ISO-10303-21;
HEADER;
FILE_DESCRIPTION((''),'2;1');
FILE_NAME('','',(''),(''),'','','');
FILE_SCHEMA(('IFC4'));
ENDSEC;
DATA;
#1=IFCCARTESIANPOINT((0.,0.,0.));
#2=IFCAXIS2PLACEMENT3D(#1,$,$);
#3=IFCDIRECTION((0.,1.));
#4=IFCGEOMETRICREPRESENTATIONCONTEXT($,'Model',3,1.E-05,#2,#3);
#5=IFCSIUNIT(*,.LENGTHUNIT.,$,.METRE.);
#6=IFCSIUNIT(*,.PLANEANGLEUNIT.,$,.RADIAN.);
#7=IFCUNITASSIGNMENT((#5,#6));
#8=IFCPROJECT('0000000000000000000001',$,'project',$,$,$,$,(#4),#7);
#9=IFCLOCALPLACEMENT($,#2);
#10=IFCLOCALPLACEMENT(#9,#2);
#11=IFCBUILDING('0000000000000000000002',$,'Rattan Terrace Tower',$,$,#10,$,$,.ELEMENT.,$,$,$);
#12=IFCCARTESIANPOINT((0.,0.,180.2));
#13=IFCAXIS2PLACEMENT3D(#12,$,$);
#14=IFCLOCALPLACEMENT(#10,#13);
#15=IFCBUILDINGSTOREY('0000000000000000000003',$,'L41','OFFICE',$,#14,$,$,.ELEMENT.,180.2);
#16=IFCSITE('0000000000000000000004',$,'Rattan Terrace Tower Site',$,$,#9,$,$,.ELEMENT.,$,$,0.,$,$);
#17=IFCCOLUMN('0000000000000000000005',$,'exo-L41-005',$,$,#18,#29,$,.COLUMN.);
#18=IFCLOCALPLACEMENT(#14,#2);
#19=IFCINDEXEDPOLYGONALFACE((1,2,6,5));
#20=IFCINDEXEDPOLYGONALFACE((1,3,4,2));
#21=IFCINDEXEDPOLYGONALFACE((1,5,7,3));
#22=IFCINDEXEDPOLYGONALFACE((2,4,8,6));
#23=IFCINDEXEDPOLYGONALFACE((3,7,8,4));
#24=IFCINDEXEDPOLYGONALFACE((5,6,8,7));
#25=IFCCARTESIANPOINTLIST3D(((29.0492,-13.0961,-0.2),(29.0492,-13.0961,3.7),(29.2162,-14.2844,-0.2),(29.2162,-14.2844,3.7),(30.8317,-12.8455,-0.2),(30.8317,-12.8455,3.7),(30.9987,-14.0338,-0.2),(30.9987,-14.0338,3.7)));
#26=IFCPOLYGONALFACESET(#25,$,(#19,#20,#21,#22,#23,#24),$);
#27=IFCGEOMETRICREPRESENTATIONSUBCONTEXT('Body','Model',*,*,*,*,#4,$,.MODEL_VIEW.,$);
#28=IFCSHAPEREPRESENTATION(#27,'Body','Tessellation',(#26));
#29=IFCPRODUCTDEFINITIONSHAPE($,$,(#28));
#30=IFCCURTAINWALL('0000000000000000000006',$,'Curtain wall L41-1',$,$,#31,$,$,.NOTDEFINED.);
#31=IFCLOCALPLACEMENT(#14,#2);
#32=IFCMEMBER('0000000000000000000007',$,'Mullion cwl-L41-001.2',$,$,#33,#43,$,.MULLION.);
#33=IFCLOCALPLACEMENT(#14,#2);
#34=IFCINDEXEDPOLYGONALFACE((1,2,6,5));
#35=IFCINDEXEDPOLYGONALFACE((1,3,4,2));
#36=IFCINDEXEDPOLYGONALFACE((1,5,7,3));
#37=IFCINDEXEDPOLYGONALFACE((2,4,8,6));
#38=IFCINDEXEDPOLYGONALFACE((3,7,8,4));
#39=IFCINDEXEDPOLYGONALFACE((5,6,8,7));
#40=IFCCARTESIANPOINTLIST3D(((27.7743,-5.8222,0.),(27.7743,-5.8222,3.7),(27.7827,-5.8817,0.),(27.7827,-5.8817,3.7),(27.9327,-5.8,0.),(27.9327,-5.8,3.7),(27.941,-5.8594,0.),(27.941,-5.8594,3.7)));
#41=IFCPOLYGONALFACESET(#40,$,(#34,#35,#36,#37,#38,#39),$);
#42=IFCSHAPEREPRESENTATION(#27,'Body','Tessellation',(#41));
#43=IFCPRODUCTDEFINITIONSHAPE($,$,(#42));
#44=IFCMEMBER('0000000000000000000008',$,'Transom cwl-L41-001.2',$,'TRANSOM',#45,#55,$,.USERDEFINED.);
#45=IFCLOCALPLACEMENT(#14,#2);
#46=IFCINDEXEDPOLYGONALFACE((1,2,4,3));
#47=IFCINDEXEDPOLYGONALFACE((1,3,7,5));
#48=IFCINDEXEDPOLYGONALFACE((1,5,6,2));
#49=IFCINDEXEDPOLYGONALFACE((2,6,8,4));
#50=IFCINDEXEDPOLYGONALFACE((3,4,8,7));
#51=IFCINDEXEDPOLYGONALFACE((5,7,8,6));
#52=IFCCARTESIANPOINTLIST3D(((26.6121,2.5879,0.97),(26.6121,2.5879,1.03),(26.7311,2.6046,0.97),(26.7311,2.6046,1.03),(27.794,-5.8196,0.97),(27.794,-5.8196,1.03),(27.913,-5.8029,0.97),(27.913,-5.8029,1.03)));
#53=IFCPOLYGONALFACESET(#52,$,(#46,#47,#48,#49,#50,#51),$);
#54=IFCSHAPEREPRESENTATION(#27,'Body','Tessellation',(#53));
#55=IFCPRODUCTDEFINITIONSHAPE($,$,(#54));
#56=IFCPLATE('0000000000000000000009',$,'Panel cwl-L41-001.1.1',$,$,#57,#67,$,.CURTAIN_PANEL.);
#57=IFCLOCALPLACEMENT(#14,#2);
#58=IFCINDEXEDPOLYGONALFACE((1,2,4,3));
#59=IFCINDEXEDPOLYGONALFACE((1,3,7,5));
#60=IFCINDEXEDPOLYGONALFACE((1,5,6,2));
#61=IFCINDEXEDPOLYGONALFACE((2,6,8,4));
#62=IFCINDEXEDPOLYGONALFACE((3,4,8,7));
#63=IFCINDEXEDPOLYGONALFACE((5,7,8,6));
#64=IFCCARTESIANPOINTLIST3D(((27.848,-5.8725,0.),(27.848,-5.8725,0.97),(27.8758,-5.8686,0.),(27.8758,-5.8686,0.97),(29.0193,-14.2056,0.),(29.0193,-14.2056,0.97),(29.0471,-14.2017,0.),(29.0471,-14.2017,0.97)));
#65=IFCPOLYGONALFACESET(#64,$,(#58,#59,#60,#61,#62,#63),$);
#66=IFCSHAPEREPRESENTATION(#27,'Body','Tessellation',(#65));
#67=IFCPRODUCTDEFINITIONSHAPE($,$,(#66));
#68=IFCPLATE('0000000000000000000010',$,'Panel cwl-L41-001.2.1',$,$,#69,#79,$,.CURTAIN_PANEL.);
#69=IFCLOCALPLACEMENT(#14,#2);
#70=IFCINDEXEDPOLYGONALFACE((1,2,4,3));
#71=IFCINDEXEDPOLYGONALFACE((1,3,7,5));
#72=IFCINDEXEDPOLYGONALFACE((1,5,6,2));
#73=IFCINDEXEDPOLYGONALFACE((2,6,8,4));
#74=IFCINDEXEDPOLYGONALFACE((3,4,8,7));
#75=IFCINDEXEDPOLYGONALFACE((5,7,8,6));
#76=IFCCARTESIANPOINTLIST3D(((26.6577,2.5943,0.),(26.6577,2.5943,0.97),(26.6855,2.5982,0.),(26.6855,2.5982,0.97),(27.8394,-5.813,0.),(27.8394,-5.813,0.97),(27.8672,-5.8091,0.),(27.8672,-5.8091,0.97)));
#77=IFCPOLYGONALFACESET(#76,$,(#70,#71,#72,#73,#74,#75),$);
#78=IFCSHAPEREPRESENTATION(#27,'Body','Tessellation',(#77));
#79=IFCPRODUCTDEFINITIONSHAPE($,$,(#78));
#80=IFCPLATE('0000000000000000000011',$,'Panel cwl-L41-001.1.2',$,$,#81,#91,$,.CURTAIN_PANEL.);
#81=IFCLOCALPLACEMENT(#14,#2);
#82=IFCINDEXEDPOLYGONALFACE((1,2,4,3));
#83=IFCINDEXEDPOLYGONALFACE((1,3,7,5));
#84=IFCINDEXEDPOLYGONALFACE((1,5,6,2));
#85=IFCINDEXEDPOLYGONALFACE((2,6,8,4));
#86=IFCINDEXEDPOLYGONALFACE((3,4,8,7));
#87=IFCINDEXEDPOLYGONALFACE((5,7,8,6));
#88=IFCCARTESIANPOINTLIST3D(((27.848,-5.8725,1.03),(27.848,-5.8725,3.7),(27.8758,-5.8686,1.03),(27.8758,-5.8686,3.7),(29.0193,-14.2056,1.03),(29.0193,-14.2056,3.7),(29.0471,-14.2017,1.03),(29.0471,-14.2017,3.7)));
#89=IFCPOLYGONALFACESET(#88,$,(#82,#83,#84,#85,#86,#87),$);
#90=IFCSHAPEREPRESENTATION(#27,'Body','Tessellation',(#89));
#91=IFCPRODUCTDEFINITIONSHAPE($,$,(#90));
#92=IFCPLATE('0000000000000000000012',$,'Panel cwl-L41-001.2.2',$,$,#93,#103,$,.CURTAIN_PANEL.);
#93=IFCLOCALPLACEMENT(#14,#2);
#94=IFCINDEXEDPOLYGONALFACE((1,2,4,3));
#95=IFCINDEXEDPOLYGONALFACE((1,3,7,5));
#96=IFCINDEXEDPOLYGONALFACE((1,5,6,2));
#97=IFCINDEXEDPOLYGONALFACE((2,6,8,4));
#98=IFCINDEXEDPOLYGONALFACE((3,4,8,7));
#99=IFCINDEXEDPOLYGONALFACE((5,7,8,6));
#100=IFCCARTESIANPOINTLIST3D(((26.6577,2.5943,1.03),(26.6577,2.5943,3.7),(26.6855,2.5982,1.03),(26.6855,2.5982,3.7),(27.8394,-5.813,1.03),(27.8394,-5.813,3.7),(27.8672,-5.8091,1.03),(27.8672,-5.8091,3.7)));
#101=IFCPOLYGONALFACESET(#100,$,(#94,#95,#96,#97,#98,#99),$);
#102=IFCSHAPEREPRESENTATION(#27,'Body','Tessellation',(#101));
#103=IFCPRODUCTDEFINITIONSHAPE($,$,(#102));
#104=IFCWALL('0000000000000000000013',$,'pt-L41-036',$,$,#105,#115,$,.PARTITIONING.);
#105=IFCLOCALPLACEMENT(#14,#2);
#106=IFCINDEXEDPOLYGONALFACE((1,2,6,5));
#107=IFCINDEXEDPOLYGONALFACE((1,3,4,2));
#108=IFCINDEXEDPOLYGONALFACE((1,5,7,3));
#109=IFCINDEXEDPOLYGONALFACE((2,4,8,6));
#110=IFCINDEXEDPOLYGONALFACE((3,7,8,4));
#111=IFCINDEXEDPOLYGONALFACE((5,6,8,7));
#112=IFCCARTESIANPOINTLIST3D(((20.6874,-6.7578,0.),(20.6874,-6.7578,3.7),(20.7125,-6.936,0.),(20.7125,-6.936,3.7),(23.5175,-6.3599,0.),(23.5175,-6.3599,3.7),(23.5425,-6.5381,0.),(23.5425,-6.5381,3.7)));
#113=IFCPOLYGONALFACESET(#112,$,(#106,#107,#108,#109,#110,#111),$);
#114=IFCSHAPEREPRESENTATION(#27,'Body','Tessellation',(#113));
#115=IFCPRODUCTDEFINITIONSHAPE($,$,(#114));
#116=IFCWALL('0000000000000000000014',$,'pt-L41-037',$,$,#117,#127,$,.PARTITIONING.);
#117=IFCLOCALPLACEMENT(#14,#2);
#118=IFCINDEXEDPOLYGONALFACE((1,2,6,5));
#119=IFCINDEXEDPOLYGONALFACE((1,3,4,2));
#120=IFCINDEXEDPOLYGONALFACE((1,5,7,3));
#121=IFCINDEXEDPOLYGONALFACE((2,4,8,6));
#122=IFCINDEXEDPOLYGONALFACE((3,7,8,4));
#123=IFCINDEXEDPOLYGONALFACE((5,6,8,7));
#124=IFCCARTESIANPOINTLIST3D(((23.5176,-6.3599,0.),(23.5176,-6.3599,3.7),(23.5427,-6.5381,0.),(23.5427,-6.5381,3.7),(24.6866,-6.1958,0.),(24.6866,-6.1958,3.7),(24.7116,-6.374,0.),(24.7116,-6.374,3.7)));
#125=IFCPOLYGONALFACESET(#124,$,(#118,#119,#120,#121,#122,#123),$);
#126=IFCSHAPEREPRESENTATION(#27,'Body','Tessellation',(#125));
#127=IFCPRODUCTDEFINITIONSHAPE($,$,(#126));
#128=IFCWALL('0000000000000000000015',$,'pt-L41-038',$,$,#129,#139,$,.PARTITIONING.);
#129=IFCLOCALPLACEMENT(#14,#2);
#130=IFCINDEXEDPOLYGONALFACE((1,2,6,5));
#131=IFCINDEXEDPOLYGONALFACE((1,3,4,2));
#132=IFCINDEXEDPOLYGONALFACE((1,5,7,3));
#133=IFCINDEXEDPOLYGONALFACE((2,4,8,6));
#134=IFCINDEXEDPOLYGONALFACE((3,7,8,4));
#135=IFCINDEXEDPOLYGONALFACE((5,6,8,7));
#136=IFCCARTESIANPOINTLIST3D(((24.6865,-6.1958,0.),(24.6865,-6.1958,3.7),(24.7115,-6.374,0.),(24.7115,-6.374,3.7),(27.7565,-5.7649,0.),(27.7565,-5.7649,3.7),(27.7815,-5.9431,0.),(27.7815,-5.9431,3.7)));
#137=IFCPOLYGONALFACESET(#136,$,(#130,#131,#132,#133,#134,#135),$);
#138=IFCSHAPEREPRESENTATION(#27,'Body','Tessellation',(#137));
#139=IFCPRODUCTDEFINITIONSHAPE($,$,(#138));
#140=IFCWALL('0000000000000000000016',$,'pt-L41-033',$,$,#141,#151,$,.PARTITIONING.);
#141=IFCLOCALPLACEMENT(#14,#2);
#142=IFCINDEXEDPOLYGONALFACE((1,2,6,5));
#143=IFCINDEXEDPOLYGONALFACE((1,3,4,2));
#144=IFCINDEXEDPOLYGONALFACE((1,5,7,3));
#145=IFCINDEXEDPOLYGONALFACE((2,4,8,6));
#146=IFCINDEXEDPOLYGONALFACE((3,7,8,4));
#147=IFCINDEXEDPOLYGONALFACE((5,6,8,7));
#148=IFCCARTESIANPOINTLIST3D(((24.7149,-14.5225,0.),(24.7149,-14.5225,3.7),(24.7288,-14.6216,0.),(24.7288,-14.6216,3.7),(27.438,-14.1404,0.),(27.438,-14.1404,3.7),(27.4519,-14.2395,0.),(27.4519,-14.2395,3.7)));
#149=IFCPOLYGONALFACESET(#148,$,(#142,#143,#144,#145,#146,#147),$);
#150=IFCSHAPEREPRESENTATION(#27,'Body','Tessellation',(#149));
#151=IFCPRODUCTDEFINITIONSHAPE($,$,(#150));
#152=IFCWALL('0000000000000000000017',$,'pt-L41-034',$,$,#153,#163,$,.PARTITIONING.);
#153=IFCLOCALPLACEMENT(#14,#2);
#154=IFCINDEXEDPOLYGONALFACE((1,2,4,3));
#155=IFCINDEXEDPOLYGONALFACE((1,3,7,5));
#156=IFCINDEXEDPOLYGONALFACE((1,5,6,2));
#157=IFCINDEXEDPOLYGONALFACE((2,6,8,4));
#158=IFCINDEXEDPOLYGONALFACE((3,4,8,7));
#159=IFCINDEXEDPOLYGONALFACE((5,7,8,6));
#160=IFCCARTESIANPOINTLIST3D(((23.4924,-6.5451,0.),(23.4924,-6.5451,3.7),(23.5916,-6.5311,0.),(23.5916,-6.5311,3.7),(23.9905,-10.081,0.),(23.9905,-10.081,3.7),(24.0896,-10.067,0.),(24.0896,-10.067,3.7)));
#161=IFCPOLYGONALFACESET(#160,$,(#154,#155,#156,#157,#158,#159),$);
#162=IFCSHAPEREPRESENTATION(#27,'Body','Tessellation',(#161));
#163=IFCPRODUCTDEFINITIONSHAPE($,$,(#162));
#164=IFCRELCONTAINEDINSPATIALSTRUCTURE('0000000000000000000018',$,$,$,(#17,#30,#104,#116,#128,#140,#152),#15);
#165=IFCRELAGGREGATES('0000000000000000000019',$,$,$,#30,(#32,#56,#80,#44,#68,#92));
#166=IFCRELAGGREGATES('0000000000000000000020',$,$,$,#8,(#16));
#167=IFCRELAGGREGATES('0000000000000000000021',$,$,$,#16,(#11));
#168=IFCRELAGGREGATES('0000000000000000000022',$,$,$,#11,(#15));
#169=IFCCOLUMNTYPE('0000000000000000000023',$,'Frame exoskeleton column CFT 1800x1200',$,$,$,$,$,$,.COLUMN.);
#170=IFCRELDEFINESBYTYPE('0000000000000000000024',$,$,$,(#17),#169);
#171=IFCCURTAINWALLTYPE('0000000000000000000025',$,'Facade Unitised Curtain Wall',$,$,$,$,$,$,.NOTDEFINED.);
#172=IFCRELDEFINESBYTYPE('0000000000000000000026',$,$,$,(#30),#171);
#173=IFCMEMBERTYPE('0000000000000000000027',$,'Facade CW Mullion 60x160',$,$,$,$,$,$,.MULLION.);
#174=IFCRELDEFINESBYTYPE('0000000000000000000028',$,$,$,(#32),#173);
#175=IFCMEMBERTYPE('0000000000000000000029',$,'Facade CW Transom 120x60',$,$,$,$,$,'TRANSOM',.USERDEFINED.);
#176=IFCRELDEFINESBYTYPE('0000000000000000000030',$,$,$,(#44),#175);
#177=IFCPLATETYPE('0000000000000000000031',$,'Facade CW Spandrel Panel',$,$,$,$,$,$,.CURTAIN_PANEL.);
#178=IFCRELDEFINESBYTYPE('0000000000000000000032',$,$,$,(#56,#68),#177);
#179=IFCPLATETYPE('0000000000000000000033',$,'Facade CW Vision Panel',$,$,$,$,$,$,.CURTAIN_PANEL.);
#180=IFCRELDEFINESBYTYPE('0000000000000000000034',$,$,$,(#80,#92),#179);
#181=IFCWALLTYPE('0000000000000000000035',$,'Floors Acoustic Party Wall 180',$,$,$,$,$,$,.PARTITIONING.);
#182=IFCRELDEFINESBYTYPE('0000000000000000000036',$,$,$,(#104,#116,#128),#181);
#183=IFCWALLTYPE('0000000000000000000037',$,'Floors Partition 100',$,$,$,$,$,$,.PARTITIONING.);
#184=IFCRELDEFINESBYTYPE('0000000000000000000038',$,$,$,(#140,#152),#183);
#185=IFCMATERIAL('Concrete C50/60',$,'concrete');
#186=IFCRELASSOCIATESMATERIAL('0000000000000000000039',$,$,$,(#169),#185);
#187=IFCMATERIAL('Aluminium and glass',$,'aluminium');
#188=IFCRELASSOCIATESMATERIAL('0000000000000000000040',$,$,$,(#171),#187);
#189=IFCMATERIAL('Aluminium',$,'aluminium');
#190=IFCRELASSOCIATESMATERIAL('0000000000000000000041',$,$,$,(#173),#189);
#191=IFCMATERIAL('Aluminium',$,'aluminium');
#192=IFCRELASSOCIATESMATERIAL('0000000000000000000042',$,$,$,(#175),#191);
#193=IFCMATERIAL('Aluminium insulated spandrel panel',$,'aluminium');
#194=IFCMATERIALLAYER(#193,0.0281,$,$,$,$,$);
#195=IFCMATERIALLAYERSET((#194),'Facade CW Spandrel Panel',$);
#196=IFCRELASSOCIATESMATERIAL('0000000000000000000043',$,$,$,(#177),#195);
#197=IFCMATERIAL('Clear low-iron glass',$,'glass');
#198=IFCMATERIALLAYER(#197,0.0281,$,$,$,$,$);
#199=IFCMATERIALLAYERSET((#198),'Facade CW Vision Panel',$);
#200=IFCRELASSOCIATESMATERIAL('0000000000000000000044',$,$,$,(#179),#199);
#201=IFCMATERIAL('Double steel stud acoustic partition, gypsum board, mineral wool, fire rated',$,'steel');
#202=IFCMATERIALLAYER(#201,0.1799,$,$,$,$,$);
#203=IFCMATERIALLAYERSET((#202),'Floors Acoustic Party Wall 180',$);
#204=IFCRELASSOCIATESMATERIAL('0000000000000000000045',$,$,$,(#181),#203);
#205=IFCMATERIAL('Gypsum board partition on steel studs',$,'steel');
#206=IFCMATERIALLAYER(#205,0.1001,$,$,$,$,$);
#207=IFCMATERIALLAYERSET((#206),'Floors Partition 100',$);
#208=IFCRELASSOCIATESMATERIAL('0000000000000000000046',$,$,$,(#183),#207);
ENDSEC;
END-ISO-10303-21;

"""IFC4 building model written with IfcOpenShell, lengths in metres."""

from ifc_helpers import new_model, si_unit, direction, frame, frame_2d, origin, origin_2d, place, context, subcontext, project, spatial, rectangle, extrude, material, layer, layer_set, material_profile, profile_set, type_object, element, aggregate, save


model = new_model("IFC4")

# Units and contexts
model_context = context("Model", 3, precision=1e-05, world=origin(), true_north=direction((0.0, 1.0)))
body_context = subcontext(model_context, "Body", "Model", "MODEL_VIEW")
ifc_project = project(units=[si_unit("LENGTHUNIT", "METRE"), si_unit("PLANEANGLEUNIT", "RADIAN")], contexts=[model_context])

# Site, building, storey
site_placement = place(None, origin())
site = spatial("IfcSite", under=ifc_project, at=site_placement, Name="Rattan Terrace Tower Site", CompositionType="ELEMENT", RefElevation=0.0)
building_placement = place(site_placement, origin())
building = spatial("IfcBuilding", under=site, at=building_placement, Name="Rattan Terrace Tower", CompositionType="ELEMENT")
storey_placement = place(building_placement, frame((0.0, 0.0, 180.2)))
storey = spatial("IfcBuildingStorey", under=building, at=storey_placement, Name="L41", Description="OFFICE", CompositionType="ELEMENT", Elevation=180.2)

# Column
ifc_material_1 = material(Name="Concrete C50/60", Category="concrete")
ifc_material_profile_1 = material_profile(ifc_material_1, rectangle(XDim=1.2, YDim=1.8, at=origin_2d()), Name="CFT 1800x1200")
ifc_profile_set_1 = profile_set([ifc_material_profile_1], Name="Concrete C50/60")
column_type = type_object("IfcColumnType", Name="Frame exoskeleton column CFT 1800x1200", PredefinedType="COLUMN", material=ifc_profile_set_1)
column_placement = place(storey_placement, frame((30.0239, -13.5649, -0.2), z_axis=(0.0, 0.0, 1.0), x_axis=(-0.13919, 0.990266, 0.0)))
element("IfcColumn", 1, at=column_placement, inside=storey, type_object=column_type, Name="exo-L41-005", PredefinedType="COLUMN", context=body_context, shape_type="SweptSolid", body=[
    extrude(rectangle(XDim=1.2, YDim=1.8, at=origin_2d()), origin(), (0.0, 0.0, 1.0), 3.8999),
])

# Curtain wall, members, plates
ifc_material_2 = material(Name="Aluminium and glass", Category="aluminium")
curtain_wall_type = type_object("IfcCurtainWallType", Name="Facade Unitised Curtain Wall", PredefinedType="NOTDEFINED", material=ifc_material_2)
curtain_wall_placement = place(storey_placement, origin())
curtain_wall = element("IfcCurtainWall", 2, at=curtain_wall_placement, inside=storey, type_object=curtain_wall_type, Name="Curtain wall L41-1", PredefinedType="NOTDEFINED")
ifc_material_3 = material(Name="Aluminium", Category="aluminium")
ifc_material_profile_2 = material_profile(ifc_material_3, rectangle(XDim=0.0601, YDim=0.1599, at=origin_2d()), Name="Aluminium 60x160")
ifc_profile_set_2 = profile_set([ifc_material_profile_2], Name="Aluminium")
member_type_1 = type_object("IfcMemberType", Name="Facade CW Mullion 60x160", PredefinedType="MULLION", material=ifc_profile_set_2)
member_1_placement = place(storey_placement, frame((27.8577, -5.8408, 0.0), z_axis=(0.0, 0.0, 1.0), x_axis=(-0.139191, 0.990266, 0.0)))
member_1 = element("IfcMember", 3, at=member_1_placement, type_object=member_type_1, Name="Mullion cwl-L41-001.2", PredefinedType="MULLION", context=body_context, shape_type="SweptSolid", body=[
    extrude(rectangle(XDim=0.0601, YDim=0.1599, at=origin_2d()), origin(), (0.0, 0.0, 1.0), 3.7),
])
ifc_material_4 = material(Name="Aluminium", Category="aluminium")
ifc_material_profile_3 = material_profile(ifc_material_4, rectangle(XDim=0.1201, YDim=0.0601, at=origin_2d()), Name="Aluminium 120x60")
ifc_profile_set_3 = profile_set([ifc_material_profile_3], Name="Aluminium")
member_type_2 = type_object("IfcMemberType", Name="Facade CW Transom 120x60", ElementType="TRANSOM", PredefinedType="USERDEFINED", material=ifc_profile_set_3)
member_2_placement = place(storey_placement, frame((27.8535, -5.8113, 1.0), z_axis=(-0.139207, 0.990263, 0.0), x_axis=(-0.990263, -0.139207, 0.0)))
member_2 = element("IfcMember", 4, at=member_2_placement, type_object=member_type_2, Name="Transom cwl-L41-001.2", ObjectType="TRANSOM", PredefinedType="USERDEFINED", context=body_context, shape_type="SweptSolid", body=[
    extrude(rectangle(XDim=0.1201, YDim=0.0601, at=origin_2d()), origin(), (0.0, 0.0, 1.0), 8.4902),
])
ifc_material_5 = material(Name="Aluminium insulated spandrel panel", Category="aluminium")
ifc_layer_1 = layer(ifc_material_5, 0.0281)
ifc_layer_set_1 = layer_set([ifc_layer_1], Name="Facade CW Spandrel Panel")
plate_type_1 = type_object("IfcPlateType", Name="Facade CW Spandrel Panel", PredefinedType="CURTAIN_PANEL", material=ifc_layer_set_1)
plate_1_placement = place(storey_placement, frame((28.4475, -10.0371, 0.0), z_axis=(0.0, 0.0, 1.0), x_axis=(-0.139191, 0.990266, 0.0)))
plate_1 = element("IfcPlate", 5, at=plate_1_placement, type_object=plate_type_1, Name="Panel cwl-L41-001.1.1", PredefinedType="CURTAIN_PANEL", context=body_context, shape_type="SweptSolid", body=[
    extrude(rectangle(XDim=8.415, YDim=0.0281, at=origin_2d()), origin(), (0.0, 0.0, 1.0), 0.97),
])
plate_2_placement = place(storey_placement, frame((27.2625, -1.6074, 0.0), z_axis=(0.0, 0.0, 1.0), x_axis=(-0.139191, 0.990266, 0.0)))
plate_2 = element("IfcPlate", 6, at=plate_2_placement, type_object=plate_type_1, Name="Panel cwl-L41-001.2.1", PredefinedType="CURTAIN_PANEL", context=body_context, shape_type="SweptSolid", body=[
    extrude(rectangle(XDim=8.49, YDim=0.0281, at=origin_2d()), origin(), (0.0, 0.0, 1.0), 0.97),
])
ifc_material_6 = material(Name="Clear low-iron glass", Category="glass")
ifc_layer_2 = layer(ifc_material_6, 0.0281)
ifc_layer_set_2 = layer_set([ifc_layer_2], Name="Facade CW Vision Panel")
plate_type_2 = type_object("IfcPlateType", Name="Facade CW Vision Panel", PredefinedType="CURTAIN_PANEL", material=ifc_layer_set_2)
plate_3_placement = place(storey_placement, frame((28.4475, -10.0371, 1.03), z_axis=(0.0, 0.0, 1.0), x_axis=(-0.139191, 0.990266, 0.0)))
plate_3 = element("IfcPlate", 7, at=plate_3_placement, type_object=plate_type_2, Name="Panel cwl-L41-001.1.2", PredefinedType="CURTAIN_PANEL", context=body_context, shape_type="SweptSolid", body=[
    extrude(rectangle(XDim=8.415, YDim=0.0281, at=origin_2d()), origin(), (0.0, 0.0, 1.0), 2.6699),
])
plate_4_placement = place(storey_placement, frame((27.2625, -1.6074, 1.03), z_axis=(0.0, 0.0, 1.0), x_axis=(-0.139191, 0.990266, 0.0)))
plate_4 = element("IfcPlate", 8, at=plate_4_placement, type_object=plate_type_2, Name="Panel cwl-L41-001.2.2", PredefinedType="CURTAIN_PANEL", context=body_context, shape_type="SweptSolid", body=[
    extrude(rectangle(XDim=8.49, YDim=0.0281, at=origin_2d()), origin(), (0.0, 0.0, 1.0), 2.6699),
])
aggregate(curtain_wall, [member_1, plate_1, plate_3, member_2, plate_2, plate_4])

# Walls
ifc_material_7 = material(Name="Double steel stud acoustic partition, gypsum board, mineral wool, fire rated", Category="steel")
ifc_layer_3 = layer(ifc_material_7, 0.1799)
ifc_layer_set_3 = layer_set([ifc_layer_3], Name="Floors Acoustic Party Wall 180")
wall_type_1 = type_object("IfcWallType", Name="Floors Acoustic Party Wall 180", PredefinedType="PARTITIONING", material=ifc_layer_set_3)
wall_1_placement = place(storey_placement, frame((20.7, -6.8469, 0.0), z_axis=(0.0, 0.0, 1.0), x_axis=(0.990258, 0.139244, 0.0)))
element("IfcWall", 9, at=wall_1_placement, inside=storey, type_object=wall_type_1, Name="pt-L41-036", PredefinedType="PARTITIONING", context=body_context, shape_type="SweptSolid", body=[
    extrude(rectangle(XDim=2.8579, YDim=0.1799, at=frame_2d((1.429, 0.0))), origin(), (0.0, 0.0, 1.0), 3.7),
])
wall_2_placement = place(storey_placement, frame((23.53, -6.449, 0.0), z_axis=(0.0, 0.0, 1.0), x_axis=(0.990294, 0.138989, 0.0)))
element("IfcWall", 10, at=wall_2_placement, inside=storey, type_object=wall_type_1, Name="pt-L41-037", PredefinedType="PARTITIONING", context=body_context, shape_type="SweptSolid", body=[
    extrude(rectangle(XDim=1.1804, YDim=0.1799, at=frame_2d((0.5903, 0.0))), origin(), (0.0, 0.0, 1.0), 3.7),
])
wall_3_placement = place(storey_placement, frame((24.699, -6.2849, 0.0), z_axis=(0.0, 0.0, 1.0), x_axis=(0.990293, 0.138995, 0.0)))
element("IfcWall", 11, at=wall_3_placement, inside=storey, type_object=wall_type_1, Name="pt-L41-038", PredefinedType="PARTITIONING", context=body_context, shape_type="SweptSolid", body=[
    extrude(rectangle(XDim=3.1001, YDim=0.1799, at=frame_2d((1.55, 0.0))), origin(), (0.0, 0.0, 1.0), 3.7),
])
ifc_material_8 = material(Name="Gypsum board partition on steel studs", Category="steel")
ifc_layer_4 = layer(ifc_material_8, 0.1001)
ifc_layer_set_4 = layer_set([ifc_layer_4], Name="Floors Partition 100")
wall_type_2 = type_object("IfcWallType", Name="Floors Partition 100", PredefinedType="PARTITIONING", material=ifc_layer_set_4)
wall_4_placement = place(storey_placement, frame((27.4451, -14.1899, 0.0), z_axis=(0.0, 0.0, 1.0), x_axis=(-0.9903, -0.138947, 0.0)))
element("IfcWall", 12, at=wall_4_placement, inside=storey, type_object=wall_type_2, Name="pt-L41-033", PredefinedType="PARTITIONING", context=body_context, shape_type="SweptSolid", body=[
    extrude(rectangle(XDim=2.7498, YDim=0.1001, at=frame_2d((1.375, 0.0))), origin(), (0.0, 0.0, 1.0), 3.7),
])
wall_5_placement = place(storey_placement, frame((23.542, -6.5381, 0.0), z_axis=(0.0, 0.0, 1.0), x_axis=(0.139478, -0.990225, 0.0)))
element("IfcWall", 13, at=wall_5_placement, inside=storey, type_object=wall_type_2, Name="pt-L41-034", PredefinedType="PARTITIONING", context=body_context, shape_type="SweptSolid", body=[
    extrude(rectangle(XDim=3.5708, YDim=0.1001, at=frame_2d((1.7854, 0.0))), origin(), (0.0, 0.0, 1.0), 3.7),
])

save(model, "model.ifc")
